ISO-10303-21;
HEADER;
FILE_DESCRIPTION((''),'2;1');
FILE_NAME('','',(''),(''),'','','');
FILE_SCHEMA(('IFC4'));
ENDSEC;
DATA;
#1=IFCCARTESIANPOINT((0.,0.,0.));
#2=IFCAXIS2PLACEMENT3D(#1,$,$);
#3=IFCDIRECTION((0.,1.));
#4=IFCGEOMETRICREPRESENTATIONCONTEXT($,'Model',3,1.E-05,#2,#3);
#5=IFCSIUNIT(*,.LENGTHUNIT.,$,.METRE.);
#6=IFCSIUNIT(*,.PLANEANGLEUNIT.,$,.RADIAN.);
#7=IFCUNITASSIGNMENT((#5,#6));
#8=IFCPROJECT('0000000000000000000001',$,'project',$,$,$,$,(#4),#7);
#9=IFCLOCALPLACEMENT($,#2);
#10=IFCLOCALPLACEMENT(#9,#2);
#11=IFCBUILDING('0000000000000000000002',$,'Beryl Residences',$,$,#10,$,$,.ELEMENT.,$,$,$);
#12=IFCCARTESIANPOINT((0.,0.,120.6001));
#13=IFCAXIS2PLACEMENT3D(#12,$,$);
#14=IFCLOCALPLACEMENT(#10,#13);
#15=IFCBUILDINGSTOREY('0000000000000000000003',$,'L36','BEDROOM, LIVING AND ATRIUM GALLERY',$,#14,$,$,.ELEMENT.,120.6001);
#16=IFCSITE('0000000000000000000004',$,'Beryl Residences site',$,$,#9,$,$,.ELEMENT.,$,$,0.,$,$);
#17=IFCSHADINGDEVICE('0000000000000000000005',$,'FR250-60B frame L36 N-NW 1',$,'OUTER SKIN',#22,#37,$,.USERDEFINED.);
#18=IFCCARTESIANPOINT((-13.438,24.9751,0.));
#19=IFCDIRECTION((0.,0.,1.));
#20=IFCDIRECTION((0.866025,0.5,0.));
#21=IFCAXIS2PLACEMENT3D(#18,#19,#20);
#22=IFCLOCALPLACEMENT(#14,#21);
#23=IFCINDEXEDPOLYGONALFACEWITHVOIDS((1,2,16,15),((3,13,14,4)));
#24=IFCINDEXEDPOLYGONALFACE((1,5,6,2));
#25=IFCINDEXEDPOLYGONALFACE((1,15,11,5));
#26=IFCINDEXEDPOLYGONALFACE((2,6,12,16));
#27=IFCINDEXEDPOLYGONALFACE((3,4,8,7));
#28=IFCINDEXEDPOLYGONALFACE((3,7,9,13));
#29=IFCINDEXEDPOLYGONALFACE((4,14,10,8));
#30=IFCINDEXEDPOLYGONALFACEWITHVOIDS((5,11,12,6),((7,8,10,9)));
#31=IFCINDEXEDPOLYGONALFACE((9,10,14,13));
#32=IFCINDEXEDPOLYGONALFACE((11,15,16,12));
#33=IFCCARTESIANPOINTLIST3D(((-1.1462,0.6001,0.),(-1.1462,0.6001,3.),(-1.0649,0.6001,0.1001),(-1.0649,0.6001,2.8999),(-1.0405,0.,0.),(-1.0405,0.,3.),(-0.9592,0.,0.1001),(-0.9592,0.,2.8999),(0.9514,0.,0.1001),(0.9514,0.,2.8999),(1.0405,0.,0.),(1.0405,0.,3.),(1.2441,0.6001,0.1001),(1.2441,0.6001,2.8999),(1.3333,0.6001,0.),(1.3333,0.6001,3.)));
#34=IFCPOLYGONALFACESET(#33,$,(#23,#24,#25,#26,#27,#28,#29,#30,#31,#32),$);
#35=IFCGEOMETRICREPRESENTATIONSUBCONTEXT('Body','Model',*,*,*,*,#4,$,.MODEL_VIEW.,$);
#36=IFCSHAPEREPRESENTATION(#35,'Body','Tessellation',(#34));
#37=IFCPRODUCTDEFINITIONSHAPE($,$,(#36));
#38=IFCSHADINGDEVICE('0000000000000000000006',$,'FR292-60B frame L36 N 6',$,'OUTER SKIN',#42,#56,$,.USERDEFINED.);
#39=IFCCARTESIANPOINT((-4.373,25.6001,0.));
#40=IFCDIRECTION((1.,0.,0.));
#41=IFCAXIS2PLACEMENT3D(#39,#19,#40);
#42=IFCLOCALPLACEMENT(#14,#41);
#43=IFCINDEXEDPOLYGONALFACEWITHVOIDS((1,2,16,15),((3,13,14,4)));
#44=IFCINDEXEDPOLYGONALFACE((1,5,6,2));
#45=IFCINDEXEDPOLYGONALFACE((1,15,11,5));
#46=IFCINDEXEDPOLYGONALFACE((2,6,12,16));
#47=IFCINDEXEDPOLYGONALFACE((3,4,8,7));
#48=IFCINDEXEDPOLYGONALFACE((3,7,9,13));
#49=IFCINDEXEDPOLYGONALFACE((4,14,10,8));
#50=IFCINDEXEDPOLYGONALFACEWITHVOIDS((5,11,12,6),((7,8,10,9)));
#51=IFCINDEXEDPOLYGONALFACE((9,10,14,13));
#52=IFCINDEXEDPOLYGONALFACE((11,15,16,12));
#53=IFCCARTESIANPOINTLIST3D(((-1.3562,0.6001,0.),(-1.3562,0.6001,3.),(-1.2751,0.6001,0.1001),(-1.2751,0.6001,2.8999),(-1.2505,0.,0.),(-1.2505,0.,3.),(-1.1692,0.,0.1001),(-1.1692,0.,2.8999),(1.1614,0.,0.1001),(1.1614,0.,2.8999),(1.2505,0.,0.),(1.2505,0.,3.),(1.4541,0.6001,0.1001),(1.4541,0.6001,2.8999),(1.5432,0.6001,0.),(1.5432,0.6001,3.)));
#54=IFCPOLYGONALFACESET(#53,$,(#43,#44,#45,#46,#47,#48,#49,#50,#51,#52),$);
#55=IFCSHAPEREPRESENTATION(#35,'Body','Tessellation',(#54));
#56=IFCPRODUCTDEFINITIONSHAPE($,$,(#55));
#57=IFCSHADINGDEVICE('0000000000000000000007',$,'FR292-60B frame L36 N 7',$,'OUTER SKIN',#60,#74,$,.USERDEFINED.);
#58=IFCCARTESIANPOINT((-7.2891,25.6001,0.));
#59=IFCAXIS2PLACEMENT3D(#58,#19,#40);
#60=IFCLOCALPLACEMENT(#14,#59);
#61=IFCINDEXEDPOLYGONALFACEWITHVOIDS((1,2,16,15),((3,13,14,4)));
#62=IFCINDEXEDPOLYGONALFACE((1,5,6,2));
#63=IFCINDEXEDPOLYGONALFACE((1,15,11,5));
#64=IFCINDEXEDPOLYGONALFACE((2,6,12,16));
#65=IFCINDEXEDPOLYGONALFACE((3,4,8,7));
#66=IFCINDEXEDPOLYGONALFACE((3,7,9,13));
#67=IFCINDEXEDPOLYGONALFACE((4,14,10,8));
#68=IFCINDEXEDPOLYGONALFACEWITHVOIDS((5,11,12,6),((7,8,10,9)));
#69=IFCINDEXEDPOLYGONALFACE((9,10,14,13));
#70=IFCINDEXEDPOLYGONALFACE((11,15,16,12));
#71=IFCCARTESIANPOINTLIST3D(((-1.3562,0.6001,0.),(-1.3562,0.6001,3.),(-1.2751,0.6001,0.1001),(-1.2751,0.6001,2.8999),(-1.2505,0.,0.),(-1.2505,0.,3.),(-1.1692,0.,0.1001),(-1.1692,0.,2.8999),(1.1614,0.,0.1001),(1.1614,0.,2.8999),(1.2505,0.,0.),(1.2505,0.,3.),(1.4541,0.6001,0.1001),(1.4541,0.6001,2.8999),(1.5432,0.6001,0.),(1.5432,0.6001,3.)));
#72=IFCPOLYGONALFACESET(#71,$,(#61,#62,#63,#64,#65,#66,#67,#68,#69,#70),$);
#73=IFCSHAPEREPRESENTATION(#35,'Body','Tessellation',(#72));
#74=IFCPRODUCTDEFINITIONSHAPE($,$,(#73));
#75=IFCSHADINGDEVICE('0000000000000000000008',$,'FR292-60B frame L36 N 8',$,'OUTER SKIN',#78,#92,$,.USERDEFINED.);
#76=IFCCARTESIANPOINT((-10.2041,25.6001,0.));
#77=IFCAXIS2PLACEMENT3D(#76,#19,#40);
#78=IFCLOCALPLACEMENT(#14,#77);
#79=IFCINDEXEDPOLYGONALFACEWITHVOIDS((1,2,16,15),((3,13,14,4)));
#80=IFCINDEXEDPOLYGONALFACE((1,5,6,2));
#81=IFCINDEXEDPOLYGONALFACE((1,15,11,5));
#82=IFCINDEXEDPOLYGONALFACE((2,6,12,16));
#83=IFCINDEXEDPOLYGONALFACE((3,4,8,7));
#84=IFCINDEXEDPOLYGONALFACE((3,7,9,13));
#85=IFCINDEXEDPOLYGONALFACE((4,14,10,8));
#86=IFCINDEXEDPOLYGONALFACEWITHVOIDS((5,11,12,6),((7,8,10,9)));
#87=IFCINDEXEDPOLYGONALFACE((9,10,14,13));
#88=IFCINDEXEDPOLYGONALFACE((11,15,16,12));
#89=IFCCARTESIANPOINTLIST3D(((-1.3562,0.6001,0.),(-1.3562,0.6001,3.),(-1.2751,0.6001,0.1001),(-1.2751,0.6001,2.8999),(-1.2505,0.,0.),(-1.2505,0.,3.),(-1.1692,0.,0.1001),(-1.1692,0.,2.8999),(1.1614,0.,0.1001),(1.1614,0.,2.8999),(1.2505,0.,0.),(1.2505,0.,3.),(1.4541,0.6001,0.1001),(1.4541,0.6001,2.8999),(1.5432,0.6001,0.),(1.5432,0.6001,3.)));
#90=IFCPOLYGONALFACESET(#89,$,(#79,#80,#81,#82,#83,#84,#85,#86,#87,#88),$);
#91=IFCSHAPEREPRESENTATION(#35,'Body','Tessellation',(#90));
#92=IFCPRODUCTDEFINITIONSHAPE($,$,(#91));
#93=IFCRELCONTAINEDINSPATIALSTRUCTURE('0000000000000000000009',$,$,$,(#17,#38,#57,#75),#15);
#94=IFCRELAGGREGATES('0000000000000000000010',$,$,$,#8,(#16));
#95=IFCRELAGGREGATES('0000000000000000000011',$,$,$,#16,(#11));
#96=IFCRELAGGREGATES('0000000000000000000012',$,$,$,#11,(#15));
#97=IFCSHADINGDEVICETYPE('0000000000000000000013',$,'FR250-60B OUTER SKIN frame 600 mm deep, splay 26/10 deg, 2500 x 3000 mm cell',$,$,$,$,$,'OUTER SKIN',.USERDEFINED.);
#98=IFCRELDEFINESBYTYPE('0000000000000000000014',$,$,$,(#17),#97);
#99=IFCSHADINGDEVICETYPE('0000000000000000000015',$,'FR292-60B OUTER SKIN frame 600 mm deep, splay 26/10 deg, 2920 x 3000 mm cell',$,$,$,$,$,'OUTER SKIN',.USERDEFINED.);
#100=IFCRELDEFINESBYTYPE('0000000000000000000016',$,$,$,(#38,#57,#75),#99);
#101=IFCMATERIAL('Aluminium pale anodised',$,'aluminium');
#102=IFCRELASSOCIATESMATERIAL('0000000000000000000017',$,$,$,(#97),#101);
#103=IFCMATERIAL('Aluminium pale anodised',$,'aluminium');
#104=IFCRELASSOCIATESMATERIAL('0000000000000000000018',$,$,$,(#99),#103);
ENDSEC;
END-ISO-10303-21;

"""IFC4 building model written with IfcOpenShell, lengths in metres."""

from ifc_helpers import new_model, entity, si_unit, direction, frame, origin, place, context, subcontext, project, spatial, source, transform, mapped, material, type_object, type_shapes, element, save


model = new_model("IFC4")

# Units and contexts
model_context = context("Model", 3, precision=1e-05, world=origin(), true_north=direction((0.0, 1.0)))
body_context = subcontext(model_context, "Body", "Model", "MODEL_VIEW")
ifc_project = project(units=[si_unit("LENGTHUNIT", "METRE"), si_unit("PLANEANGLEUNIT", "RADIAN")], contexts=[model_context])

# Site, building, storey
site_placement = place(None, origin())
site = spatial("IfcSite", under=ifc_project, at=site_placement, Name="Beryl Residences site", CompositionType="ELEMENT", RefElevation=0.0)
building_placement = place(site_placement, origin())
building = spatial("IfcBuilding", under=site, at=building_placement, Name="Beryl Residences", CompositionType="ELEMENT")
storey_placement = place(building_placement, frame((0.0, 0.0, 120.6001)))
storey = spatial("IfcBuildingStorey", under=building, at=storey_placement, Name="L36", Description="BEDROOM, LIVING AND ATRIUM GALLERY", CompositionType="ELEMENT", Elevation=120.6001)

# Shading devices
ifc_material_1 = material(Name="Aluminium pale anodised", Category="aluminium")
shading_device_type_1 = type_object("IfcShadingDeviceType", Name="FR250-60B OUTER SKIN frame 600 mm deep, splay 26/10 deg, 2500 x 3000 mm cell", ElementType="OUTER SKIN", PredefinedType="USERDEFINED", material=ifc_material_1)
cartesian_point_1 = entity("IfcCartesianPoint", [-1.0405, 0.0])
cartesian_point_2 = entity("IfcCartesianPoint", [-0.9514, 0.1001])
cartesian_point_3 = entity("IfcCartesianPoint", [-1.3333, 0.0])
cartesian_point_4 = entity("IfcCartesianPoint", [-1.2441, 0.1001])
shared_shape_1 = source(origin(), body_context, "Body", "SweptSolid", [
    entity("IfcExtrudedAreaSolidTapered", entity("IfcArbitraryProfileDefWithVoids", "AREA", None, entity("IfcPolyline", [cartesian_point_1, entity("IfcCartesianPoint", [1.0405, 0.0]), entity("IfcCartesianPoint", [1.0405, 3.0]), entity("IfcCartesianPoint", [-1.0405, 3.0]), cartesian_point_1]), [entity("IfcPolyline", [cartesian_point_2, entity("IfcCartesianPoint", [0.9592, 0.1001]), entity("IfcCartesianPoint", [0.9592, 2.8999]), entity("IfcCartesianPoint", [-0.9514, 2.8999]), cartesian_point_2])]), entity("IfcAxis2Placement3D", entity("IfcCartesianPoint", [0.0, 0.0, 0.0]), entity("IfcDirection", [0.0, 1.0, 0.0]), entity("IfcDirection", [-1.0, 0.0, 0.0])), entity("IfcDirection", [0.0, 0.0, 1.0]), 0.6001, entity("IfcArbitraryProfileDefWithVoids", "AREA", None, entity("IfcPolyline", [cartesian_point_3, entity("IfcCartesianPoint", [1.1462, 0.0]), entity("IfcCartesianPoint", [1.1462, 3.0]), entity("IfcCartesianPoint", [-1.3333, 3.0]), cartesian_point_3]), [entity("IfcPolyline", [cartesian_point_4, entity("IfcCartesianPoint", [1.0649, 0.1001]), entity("IfcCartesianPoint", [1.0649, 2.8999]), entity("IfcCartesianPoint", [-1.2441, 2.8999]), cartesian_point_4])])),
])
type_shapes(shading_device_type_1, [shared_shape_1])
shading_device_placement = place(storey_placement, frame((-13.438, 24.9751, 0.0), z_axis=(0.0, 0.0, 1.0), x_axis=(0.866025, 0.5, 0.0)))
element("IfcShadingDevice", 1, at=shading_device_placement, inside=storey, type_object=shading_device_type_1, Name="FR250-60B frame L36 N-NW 1", ObjectType="OUTER SKIN", PredefinedType="USERDEFINED", context=body_context, shape_type="MappedRepresentation", body=[
    mapped(shared_shape_1, transform((0.0, 0.0, 0.0))),
])
ifc_material_2 = material(Name="Aluminium pale anodised", Category="aluminium")
shading_device_type_2 = type_object("IfcShadingDeviceType", Name="FR292-60B OUTER SKIN frame 600 mm deep, splay 26/10 deg, 2920 x 3000 mm cell", ElementType="OUTER SKIN", PredefinedType="USERDEFINED", material=ifc_material_2)
cartesian_point_5 = entity("IfcCartesianPoint", [-1.2505, 0.0])
cartesian_point_6 = entity("IfcCartesianPoint", [-1.1614, 0.1001])
cartesian_point_7 = entity("IfcCartesianPoint", [-1.5432, 0.0])
cartesian_point_8 = entity("IfcCartesianPoint", [-1.4541, 0.1001])
shared_shape_2 = source(origin(), body_context, "Body", "SweptSolid", [
    entity("IfcExtrudedAreaSolidTapered", entity("IfcArbitraryProfileDefWithVoids", "AREA", None, entity("IfcPolyline", [cartesian_point_5, entity("IfcCartesianPoint", [1.2505, 0.0]), entity("IfcCartesianPoint", [1.2505, 3.0]), entity("IfcCartesianPoint", [-1.2505, 3.0]), cartesian_point_5]), [entity("IfcPolyline", [cartesian_point_6, entity("IfcCartesianPoint", [1.1692, 0.1001]), entity("IfcCartesianPoint", [1.1692, 2.8999]), entity("IfcCartesianPoint", [-1.1614, 2.8999]), cartesian_point_6])]), entity("IfcAxis2Placement3D", entity("IfcCartesianPoint", [0.0, 0.0, 0.0]), entity("IfcDirection", [0.0, 1.0, 0.0]), entity("IfcDirection", [-1.0, 0.0, 0.0])), entity("IfcDirection", [0.0, 0.0, 1.0]), 0.6001, entity("IfcArbitraryProfileDefWithVoids", "AREA", None, entity("IfcPolyline", [cartesian_point_7, entity("IfcCartesianPoint", [1.3562, 0.0]), entity("IfcCartesianPoint", [1.3562, 3.0]), entity("IfcCartesianPoint", [-1.5432, 3.0]), cartesian_point_7]), [entity("IfcPolyline", [cartesian_point_8, entity("IfcCartesianPoint", [1.2751, 0.1001]), entity("IfcCartesianPoint", [1.2751, 2.8999]), entity("IfcCartesianPoint", [-1.4541, 2.8999]), cartesian_point_8])])),
])
type_shapes(shading_device_type_2, [shared_shape_2])
for number, where, z_axis, x_axis, name in (
    (2, (-4.373, 25.6001, 0.0), (0.0, 0.0, 1.0), (1.0, 0.0, 0.0), "FR292-60B frame L36 N 6"),
    (3, (-7.2891, 25.6001, 0.0), (0.0, 0.0, 1.0), (1.0, 0.0, 0.0), "FR292-60B frame L36 N 7"),
    (4, (-10.2041, 25.6001, 0.0), (0.0, 0.0, 1.0), (1.0, 0.0, 0.0), "FR292-60B frame L36 N 8"),
):
    element("IfcShadingDevice", number, at=place(storey_placement, frame(where, z_axis=z_axis, x_axis=x_axis)), inside=storey, type_object=shading_device_type_2, Name=name, ObjectType="OUTER SKIN", PredefinedType="USERDEFINED", context=body_context, shape_type="MappedRepresentation", body=[
        mapped(shared_shape_2, transform((0.0, 0.0, 0.0))),
    ])

save(model, "model.ifc")
